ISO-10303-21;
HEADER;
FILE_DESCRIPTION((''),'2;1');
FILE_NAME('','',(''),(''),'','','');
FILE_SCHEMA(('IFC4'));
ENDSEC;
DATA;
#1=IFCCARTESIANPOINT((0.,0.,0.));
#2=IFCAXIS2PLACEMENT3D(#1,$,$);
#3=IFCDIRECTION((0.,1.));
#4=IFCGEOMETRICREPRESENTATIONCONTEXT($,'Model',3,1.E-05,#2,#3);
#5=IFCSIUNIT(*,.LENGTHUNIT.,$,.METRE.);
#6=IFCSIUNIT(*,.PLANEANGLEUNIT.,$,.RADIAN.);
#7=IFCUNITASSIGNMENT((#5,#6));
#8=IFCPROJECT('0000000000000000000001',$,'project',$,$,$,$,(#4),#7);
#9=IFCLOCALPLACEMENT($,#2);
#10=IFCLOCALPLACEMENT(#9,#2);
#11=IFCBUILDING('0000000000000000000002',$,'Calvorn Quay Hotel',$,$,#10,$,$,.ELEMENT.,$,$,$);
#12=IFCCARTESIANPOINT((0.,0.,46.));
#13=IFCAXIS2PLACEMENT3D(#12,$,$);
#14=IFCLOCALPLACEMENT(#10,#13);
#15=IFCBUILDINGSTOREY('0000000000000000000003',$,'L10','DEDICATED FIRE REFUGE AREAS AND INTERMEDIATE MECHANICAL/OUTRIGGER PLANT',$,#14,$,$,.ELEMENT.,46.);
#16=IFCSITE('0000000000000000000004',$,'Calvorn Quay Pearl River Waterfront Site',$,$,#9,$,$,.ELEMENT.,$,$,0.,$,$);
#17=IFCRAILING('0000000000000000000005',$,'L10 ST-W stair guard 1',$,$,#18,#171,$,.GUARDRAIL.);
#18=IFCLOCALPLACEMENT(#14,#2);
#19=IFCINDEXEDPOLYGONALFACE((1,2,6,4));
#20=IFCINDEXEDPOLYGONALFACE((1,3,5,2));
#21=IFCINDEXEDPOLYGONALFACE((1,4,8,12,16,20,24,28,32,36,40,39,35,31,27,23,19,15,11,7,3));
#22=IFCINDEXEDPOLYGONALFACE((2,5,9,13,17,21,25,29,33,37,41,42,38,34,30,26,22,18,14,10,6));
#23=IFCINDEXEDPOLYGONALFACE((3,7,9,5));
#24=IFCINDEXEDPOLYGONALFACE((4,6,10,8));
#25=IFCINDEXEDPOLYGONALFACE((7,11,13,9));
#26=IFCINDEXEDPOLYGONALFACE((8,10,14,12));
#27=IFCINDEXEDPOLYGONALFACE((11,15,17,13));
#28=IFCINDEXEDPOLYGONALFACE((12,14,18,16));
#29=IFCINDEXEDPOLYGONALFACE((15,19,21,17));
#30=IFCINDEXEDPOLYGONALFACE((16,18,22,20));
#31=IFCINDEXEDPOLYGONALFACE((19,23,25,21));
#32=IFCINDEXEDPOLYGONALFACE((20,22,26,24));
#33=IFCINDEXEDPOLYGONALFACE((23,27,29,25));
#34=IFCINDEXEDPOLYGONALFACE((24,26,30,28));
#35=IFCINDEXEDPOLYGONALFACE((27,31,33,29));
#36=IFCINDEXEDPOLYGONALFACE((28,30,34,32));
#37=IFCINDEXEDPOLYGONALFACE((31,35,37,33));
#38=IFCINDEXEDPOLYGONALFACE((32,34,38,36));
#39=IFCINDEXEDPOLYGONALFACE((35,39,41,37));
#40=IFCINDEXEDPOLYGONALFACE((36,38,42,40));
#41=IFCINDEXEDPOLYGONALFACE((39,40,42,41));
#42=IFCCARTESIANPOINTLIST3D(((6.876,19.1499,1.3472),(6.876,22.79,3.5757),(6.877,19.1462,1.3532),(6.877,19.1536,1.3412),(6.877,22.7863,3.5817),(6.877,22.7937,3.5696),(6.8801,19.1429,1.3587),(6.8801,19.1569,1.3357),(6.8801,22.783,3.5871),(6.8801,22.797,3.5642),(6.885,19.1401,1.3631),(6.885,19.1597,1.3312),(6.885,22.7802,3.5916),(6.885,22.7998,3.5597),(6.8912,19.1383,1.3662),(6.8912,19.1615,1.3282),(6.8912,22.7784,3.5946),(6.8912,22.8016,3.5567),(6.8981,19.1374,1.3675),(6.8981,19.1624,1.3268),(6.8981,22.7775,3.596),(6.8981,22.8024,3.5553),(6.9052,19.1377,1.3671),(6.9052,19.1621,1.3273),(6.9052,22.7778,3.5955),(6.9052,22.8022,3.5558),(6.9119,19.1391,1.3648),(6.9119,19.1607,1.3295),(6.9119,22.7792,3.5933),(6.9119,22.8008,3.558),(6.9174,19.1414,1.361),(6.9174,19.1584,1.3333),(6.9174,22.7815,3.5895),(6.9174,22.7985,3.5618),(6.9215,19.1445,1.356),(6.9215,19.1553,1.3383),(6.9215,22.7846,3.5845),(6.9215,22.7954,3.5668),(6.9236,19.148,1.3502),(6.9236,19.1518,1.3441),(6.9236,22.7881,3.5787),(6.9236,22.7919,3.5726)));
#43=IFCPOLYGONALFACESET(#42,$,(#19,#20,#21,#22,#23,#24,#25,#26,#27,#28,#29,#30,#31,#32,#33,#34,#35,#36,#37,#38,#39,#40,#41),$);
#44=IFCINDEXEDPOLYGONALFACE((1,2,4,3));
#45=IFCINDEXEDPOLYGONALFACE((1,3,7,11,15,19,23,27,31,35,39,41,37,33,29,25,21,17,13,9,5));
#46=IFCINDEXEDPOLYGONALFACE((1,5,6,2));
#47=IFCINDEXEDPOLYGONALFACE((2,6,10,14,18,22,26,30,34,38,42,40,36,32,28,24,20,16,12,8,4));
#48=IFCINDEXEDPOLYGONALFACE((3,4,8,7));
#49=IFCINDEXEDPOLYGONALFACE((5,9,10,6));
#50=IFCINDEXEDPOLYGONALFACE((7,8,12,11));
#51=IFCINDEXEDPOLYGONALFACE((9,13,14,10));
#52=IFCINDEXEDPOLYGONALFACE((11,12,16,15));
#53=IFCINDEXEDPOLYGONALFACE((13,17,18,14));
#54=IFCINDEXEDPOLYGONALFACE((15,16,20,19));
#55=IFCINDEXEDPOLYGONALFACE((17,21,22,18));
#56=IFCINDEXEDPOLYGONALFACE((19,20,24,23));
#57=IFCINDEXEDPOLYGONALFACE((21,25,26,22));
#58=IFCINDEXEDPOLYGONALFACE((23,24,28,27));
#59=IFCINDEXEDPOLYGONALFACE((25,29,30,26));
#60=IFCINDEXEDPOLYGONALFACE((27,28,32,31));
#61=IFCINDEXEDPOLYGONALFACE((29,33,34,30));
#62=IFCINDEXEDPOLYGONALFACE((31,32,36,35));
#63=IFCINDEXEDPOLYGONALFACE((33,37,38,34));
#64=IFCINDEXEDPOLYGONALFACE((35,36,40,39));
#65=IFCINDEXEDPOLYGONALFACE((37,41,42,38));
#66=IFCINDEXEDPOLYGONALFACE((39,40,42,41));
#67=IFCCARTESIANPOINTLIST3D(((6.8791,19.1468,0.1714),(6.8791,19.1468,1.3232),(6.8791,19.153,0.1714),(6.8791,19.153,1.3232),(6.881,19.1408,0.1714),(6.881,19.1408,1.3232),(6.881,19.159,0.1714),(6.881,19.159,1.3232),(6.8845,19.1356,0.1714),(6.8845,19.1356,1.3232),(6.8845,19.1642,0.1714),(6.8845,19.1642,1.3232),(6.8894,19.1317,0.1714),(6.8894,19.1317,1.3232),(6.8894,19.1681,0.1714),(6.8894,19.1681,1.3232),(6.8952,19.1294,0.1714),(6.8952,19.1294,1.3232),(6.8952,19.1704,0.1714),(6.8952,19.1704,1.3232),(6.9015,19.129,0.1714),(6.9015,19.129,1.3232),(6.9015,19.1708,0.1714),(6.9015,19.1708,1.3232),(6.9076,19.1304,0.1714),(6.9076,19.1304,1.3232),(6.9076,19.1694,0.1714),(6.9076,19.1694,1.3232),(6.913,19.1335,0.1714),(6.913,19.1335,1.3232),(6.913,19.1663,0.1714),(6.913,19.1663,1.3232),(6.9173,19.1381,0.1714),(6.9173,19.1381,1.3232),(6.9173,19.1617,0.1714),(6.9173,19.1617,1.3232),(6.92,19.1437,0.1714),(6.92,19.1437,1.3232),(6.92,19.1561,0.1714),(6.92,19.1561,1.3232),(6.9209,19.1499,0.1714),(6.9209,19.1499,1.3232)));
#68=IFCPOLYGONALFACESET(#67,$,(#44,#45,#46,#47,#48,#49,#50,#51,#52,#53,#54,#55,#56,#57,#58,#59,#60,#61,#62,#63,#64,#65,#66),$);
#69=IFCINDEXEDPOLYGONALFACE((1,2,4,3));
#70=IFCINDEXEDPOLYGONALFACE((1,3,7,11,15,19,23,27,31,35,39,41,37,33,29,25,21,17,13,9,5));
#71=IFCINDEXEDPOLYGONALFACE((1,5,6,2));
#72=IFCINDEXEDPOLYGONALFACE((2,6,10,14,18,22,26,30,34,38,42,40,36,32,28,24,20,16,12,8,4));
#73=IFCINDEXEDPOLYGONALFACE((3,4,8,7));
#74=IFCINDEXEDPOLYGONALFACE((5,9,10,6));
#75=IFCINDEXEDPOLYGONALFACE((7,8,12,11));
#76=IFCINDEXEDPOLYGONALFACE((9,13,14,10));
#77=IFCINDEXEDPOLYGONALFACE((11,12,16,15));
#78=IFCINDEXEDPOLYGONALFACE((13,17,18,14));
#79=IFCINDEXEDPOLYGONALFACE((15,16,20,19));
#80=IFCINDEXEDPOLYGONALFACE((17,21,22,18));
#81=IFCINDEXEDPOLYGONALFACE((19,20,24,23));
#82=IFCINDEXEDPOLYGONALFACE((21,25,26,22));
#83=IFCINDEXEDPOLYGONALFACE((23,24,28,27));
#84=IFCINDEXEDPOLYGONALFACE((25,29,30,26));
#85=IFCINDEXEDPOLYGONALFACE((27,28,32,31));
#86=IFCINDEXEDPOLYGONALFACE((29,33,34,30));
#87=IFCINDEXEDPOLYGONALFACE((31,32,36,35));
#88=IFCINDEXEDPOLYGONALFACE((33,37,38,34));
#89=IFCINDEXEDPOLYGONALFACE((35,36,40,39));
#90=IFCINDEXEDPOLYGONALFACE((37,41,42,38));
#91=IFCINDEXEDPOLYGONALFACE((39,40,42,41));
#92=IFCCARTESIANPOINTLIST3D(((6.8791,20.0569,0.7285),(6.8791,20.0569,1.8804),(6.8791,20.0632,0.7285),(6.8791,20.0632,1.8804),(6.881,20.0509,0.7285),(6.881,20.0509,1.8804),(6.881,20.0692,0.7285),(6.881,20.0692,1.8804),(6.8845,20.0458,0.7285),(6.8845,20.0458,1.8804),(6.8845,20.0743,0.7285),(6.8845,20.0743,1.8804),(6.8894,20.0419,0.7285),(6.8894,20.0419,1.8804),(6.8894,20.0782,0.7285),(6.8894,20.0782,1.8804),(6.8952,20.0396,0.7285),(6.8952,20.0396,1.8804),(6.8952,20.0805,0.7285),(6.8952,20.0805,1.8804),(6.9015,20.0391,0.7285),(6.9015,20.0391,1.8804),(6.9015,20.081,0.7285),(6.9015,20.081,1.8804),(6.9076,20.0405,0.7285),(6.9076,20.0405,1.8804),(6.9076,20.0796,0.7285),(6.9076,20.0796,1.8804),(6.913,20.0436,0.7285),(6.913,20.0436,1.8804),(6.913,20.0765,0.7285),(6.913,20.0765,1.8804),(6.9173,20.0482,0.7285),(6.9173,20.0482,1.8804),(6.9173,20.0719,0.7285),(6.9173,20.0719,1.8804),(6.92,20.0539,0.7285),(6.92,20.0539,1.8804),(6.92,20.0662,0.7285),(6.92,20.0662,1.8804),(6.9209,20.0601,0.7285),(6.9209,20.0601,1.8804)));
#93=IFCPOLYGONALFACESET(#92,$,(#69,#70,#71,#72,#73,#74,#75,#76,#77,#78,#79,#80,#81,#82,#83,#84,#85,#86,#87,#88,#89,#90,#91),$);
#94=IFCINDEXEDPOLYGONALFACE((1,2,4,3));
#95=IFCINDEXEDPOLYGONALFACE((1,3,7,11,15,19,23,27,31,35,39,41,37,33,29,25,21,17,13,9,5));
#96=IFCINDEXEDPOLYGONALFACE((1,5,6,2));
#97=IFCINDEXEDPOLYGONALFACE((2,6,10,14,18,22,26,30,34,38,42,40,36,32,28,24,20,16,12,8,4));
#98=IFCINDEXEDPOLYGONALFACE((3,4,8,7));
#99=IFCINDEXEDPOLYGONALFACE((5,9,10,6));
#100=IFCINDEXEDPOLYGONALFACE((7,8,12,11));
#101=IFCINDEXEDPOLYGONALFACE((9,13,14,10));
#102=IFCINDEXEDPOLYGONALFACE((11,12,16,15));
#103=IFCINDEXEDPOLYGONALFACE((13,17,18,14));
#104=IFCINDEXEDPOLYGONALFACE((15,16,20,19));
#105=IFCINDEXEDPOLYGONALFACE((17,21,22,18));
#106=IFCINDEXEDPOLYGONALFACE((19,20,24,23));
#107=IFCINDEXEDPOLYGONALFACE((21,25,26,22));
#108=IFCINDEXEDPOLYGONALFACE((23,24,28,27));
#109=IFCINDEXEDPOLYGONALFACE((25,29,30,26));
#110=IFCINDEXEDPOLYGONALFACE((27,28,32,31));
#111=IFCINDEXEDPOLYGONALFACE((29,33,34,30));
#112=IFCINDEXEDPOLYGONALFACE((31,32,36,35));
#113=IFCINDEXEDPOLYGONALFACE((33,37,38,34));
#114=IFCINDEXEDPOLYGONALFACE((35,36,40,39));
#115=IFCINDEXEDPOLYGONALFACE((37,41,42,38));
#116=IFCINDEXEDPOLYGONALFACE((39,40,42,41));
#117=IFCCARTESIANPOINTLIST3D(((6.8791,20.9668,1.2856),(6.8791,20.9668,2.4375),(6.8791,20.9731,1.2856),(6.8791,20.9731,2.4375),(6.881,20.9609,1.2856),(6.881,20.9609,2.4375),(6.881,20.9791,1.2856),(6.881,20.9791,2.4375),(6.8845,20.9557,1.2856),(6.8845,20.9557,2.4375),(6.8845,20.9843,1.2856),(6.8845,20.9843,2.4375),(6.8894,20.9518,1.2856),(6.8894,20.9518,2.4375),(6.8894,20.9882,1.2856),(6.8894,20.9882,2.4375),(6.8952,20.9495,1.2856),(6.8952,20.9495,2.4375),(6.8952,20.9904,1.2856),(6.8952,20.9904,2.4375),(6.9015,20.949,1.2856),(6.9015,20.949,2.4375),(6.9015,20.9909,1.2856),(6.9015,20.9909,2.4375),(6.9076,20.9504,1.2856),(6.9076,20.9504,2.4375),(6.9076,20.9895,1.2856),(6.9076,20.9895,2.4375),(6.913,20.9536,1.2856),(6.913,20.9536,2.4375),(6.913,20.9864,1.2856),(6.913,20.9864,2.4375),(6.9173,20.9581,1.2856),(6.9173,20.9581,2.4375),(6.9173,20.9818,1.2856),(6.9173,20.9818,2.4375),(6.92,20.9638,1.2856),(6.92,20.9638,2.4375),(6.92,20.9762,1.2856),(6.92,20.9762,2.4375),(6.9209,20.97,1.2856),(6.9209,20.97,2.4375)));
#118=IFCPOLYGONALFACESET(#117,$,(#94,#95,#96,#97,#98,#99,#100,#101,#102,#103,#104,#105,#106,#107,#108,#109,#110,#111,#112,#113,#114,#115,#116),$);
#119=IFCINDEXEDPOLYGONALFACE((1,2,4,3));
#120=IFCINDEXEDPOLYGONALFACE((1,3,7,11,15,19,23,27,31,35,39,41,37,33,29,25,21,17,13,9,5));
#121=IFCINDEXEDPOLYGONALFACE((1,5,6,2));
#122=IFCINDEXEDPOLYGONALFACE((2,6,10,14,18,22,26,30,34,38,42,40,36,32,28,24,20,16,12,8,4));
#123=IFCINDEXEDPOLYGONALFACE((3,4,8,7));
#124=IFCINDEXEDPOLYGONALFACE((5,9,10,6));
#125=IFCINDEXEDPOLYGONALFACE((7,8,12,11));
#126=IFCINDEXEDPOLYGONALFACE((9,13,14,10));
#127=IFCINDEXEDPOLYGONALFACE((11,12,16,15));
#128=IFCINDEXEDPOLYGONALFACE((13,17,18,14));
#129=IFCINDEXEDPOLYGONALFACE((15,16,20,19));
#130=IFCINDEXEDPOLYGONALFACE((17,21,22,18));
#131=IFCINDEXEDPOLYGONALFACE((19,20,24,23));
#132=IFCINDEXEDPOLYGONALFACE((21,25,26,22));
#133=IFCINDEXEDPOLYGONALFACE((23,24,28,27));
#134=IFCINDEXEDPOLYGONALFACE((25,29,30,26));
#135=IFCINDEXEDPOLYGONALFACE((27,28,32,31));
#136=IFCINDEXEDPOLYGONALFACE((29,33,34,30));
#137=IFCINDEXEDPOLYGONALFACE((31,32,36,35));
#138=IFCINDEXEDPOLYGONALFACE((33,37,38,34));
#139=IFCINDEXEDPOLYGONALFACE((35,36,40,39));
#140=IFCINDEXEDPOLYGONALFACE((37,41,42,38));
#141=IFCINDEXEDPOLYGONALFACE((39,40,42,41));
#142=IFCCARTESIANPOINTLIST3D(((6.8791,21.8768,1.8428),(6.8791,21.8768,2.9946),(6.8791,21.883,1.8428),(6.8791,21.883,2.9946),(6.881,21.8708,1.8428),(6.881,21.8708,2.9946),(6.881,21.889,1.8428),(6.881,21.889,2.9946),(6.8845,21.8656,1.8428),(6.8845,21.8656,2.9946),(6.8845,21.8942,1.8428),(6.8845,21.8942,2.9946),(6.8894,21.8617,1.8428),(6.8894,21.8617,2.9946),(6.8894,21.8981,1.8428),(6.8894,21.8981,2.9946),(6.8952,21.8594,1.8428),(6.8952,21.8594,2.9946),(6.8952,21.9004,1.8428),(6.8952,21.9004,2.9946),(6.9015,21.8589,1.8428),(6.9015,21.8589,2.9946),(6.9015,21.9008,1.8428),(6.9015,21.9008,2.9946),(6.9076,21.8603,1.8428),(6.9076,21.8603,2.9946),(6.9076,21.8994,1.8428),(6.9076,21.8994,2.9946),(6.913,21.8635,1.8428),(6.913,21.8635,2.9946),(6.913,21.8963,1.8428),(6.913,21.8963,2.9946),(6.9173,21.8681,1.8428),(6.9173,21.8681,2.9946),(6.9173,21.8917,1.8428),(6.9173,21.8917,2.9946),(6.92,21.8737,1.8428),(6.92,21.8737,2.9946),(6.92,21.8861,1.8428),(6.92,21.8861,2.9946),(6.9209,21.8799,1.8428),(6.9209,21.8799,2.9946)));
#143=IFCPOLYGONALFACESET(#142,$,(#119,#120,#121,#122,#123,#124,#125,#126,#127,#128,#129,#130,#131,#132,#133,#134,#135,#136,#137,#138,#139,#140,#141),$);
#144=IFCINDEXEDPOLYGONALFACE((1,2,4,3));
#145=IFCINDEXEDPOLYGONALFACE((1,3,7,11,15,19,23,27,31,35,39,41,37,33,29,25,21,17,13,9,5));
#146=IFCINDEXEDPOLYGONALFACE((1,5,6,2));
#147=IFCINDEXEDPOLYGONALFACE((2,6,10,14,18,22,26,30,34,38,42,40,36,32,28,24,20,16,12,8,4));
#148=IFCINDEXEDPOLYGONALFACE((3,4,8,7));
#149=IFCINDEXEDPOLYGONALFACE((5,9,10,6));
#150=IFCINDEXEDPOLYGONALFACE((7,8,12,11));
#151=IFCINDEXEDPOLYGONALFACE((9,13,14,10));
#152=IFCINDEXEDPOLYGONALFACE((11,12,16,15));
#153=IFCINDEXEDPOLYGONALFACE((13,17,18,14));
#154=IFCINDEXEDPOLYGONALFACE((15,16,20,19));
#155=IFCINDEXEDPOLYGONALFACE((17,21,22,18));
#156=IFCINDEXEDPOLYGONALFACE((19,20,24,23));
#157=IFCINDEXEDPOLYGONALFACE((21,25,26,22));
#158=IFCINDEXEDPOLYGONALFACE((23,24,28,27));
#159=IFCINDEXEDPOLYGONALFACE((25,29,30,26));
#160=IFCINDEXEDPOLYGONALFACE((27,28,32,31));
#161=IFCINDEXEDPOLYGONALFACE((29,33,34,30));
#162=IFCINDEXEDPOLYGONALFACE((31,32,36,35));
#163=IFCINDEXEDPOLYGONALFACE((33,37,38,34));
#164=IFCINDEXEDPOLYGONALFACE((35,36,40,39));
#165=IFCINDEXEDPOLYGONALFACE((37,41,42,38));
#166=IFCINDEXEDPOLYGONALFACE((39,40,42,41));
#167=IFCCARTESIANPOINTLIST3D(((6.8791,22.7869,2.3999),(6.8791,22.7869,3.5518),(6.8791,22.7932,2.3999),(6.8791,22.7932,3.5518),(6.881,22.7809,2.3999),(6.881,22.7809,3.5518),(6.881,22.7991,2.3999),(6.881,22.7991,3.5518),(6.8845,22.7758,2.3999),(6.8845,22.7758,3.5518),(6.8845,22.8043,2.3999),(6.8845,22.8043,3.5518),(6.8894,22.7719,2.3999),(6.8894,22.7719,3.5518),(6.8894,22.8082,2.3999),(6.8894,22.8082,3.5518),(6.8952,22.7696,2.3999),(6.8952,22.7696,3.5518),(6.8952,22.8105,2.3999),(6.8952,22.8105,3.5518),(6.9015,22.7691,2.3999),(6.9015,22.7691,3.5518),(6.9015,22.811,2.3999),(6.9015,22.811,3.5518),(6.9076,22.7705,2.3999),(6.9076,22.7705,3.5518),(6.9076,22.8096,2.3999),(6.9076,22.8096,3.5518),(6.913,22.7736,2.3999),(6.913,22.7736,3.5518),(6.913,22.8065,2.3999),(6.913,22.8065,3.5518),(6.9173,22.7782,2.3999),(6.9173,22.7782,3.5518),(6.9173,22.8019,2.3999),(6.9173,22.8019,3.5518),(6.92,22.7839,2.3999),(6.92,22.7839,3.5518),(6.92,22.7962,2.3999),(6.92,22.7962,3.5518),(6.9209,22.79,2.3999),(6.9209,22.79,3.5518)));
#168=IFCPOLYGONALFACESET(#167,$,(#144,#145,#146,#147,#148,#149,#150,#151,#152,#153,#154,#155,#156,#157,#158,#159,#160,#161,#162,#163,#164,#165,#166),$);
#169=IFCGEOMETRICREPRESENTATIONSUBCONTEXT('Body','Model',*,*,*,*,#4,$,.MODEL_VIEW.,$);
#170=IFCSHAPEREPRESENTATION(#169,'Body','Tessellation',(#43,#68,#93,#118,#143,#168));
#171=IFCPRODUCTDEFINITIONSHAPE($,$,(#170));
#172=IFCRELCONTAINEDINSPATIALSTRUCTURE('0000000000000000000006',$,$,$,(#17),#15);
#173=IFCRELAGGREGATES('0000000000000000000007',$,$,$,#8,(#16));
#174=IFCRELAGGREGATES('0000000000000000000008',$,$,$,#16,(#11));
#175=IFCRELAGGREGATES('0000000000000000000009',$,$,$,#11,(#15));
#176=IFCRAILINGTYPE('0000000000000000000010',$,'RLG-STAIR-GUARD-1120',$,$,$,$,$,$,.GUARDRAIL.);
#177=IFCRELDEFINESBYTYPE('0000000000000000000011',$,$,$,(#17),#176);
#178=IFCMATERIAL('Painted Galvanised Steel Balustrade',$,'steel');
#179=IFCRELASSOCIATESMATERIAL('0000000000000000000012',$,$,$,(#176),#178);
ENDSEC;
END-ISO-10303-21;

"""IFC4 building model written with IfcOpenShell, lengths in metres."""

from ifc_helpers import new_model, si_unit, direction, frame, origin, origin_2d, place, context, subcontext, project, spatial, circle, extrude, material, type_object, element, save


model = new_model("IFC4")

# Units and contexts
model_context = context("Model", 3, precision=1e-05, world=origin(), true_north=direction((0.0, 1.0)))
body_context = subcontext(model_context, "Body", "Model", "MODEL_VIEW")
ifc_project = project(units=[si_unit("LENGTHUNIT", "METRE"), si_unit("PLANEANGLEUNIT", "RADIAN")], contexts=[model_context])

# Site, building, storey
site_placement = place(None, origin())
site = spatial("IfcSite", under=ifc_project, at=site_placement, Name="Calvorn Quay Pearl River Waterfront Site", CompositionType="ELEMENT", RefElevation=0.0)
building_placement = place(site_placement, origin())
building = spatial("IfcBuilding", under=site, at=building_placement, Name="Calvorn Quay Hotel", CompositionType="ELEMENT")
storey_placement = place(building_placement, frame((0.0, 0.0, 46.0)))
storey = spatial("IfcBuildingStorey", under=building, at=storey_placement, Name="L10", Description="DEDICATED FIRE REFUGE AREAS AND INTERMEDIATE MECHANICAL/OUTRIGGER PLANT", CompositionType="ELEMENT", Elevation=46.0)

# Railing
ifc_material_1 = material(Name="Painted Galvanised Steel Balustrade", Category="steel")
railing_type_1 = type_object("IfcRailingType", Name="RLG-STAIR-GUARD-1120", PredefinedType="GUARDRAIL", material=ifc_material_1)
railing_1_placement = place(storey_placement, frame((6.8999, 19.1499, 0.1714)))
element("IfcRailing", 1, at=railing_1_placement, inside=storey, type_object=railing_type_1, Name="L10 ST-W stair guard 1", PredefinedType="GUARDRAIL", context=body_context, shape_type="SweptSolid", body=[
    extrude(circle(Radius=0.0239, at=origin_2d()), frame((0.0, 0.0, 1.1758), z_axis=(0.0, 0.852866, 0.52213), x_axis=(-1.0, 0.0, 0.0)), (0.0, 0.0, 1.0), 4.2681),
    extrude(circle(Radius=0.021, at=origin_2d()), origin(), (0.0, 0.0, 1.0), 1.1519),
    extrude(circle(Radius=0.021, at=origin_2d()), frame((0.0, 0.9102, 0.5571)), (0.0, 0.0, 1.0), 1.1519),
    extrude(circle(Radius=0.021, at=origin_2d()), frame((0.0, 1.8201, 1.1143)), (0.0, 0.0, 1.0), 1.1519),
    extrude(circle(Radius=0.021, at=origin_2d()), frame((0.0, 2.73, 1.6714)), (0.0, 0.0, 1.0), 1.1519),
    extrude(circle(Radius=0.021, at=origin_2d()), frame((0.0, 3.6401, 2.2285)), (0.0, 0.0, 1.0), 1.1519),
])

save(model, "model.ifc")
